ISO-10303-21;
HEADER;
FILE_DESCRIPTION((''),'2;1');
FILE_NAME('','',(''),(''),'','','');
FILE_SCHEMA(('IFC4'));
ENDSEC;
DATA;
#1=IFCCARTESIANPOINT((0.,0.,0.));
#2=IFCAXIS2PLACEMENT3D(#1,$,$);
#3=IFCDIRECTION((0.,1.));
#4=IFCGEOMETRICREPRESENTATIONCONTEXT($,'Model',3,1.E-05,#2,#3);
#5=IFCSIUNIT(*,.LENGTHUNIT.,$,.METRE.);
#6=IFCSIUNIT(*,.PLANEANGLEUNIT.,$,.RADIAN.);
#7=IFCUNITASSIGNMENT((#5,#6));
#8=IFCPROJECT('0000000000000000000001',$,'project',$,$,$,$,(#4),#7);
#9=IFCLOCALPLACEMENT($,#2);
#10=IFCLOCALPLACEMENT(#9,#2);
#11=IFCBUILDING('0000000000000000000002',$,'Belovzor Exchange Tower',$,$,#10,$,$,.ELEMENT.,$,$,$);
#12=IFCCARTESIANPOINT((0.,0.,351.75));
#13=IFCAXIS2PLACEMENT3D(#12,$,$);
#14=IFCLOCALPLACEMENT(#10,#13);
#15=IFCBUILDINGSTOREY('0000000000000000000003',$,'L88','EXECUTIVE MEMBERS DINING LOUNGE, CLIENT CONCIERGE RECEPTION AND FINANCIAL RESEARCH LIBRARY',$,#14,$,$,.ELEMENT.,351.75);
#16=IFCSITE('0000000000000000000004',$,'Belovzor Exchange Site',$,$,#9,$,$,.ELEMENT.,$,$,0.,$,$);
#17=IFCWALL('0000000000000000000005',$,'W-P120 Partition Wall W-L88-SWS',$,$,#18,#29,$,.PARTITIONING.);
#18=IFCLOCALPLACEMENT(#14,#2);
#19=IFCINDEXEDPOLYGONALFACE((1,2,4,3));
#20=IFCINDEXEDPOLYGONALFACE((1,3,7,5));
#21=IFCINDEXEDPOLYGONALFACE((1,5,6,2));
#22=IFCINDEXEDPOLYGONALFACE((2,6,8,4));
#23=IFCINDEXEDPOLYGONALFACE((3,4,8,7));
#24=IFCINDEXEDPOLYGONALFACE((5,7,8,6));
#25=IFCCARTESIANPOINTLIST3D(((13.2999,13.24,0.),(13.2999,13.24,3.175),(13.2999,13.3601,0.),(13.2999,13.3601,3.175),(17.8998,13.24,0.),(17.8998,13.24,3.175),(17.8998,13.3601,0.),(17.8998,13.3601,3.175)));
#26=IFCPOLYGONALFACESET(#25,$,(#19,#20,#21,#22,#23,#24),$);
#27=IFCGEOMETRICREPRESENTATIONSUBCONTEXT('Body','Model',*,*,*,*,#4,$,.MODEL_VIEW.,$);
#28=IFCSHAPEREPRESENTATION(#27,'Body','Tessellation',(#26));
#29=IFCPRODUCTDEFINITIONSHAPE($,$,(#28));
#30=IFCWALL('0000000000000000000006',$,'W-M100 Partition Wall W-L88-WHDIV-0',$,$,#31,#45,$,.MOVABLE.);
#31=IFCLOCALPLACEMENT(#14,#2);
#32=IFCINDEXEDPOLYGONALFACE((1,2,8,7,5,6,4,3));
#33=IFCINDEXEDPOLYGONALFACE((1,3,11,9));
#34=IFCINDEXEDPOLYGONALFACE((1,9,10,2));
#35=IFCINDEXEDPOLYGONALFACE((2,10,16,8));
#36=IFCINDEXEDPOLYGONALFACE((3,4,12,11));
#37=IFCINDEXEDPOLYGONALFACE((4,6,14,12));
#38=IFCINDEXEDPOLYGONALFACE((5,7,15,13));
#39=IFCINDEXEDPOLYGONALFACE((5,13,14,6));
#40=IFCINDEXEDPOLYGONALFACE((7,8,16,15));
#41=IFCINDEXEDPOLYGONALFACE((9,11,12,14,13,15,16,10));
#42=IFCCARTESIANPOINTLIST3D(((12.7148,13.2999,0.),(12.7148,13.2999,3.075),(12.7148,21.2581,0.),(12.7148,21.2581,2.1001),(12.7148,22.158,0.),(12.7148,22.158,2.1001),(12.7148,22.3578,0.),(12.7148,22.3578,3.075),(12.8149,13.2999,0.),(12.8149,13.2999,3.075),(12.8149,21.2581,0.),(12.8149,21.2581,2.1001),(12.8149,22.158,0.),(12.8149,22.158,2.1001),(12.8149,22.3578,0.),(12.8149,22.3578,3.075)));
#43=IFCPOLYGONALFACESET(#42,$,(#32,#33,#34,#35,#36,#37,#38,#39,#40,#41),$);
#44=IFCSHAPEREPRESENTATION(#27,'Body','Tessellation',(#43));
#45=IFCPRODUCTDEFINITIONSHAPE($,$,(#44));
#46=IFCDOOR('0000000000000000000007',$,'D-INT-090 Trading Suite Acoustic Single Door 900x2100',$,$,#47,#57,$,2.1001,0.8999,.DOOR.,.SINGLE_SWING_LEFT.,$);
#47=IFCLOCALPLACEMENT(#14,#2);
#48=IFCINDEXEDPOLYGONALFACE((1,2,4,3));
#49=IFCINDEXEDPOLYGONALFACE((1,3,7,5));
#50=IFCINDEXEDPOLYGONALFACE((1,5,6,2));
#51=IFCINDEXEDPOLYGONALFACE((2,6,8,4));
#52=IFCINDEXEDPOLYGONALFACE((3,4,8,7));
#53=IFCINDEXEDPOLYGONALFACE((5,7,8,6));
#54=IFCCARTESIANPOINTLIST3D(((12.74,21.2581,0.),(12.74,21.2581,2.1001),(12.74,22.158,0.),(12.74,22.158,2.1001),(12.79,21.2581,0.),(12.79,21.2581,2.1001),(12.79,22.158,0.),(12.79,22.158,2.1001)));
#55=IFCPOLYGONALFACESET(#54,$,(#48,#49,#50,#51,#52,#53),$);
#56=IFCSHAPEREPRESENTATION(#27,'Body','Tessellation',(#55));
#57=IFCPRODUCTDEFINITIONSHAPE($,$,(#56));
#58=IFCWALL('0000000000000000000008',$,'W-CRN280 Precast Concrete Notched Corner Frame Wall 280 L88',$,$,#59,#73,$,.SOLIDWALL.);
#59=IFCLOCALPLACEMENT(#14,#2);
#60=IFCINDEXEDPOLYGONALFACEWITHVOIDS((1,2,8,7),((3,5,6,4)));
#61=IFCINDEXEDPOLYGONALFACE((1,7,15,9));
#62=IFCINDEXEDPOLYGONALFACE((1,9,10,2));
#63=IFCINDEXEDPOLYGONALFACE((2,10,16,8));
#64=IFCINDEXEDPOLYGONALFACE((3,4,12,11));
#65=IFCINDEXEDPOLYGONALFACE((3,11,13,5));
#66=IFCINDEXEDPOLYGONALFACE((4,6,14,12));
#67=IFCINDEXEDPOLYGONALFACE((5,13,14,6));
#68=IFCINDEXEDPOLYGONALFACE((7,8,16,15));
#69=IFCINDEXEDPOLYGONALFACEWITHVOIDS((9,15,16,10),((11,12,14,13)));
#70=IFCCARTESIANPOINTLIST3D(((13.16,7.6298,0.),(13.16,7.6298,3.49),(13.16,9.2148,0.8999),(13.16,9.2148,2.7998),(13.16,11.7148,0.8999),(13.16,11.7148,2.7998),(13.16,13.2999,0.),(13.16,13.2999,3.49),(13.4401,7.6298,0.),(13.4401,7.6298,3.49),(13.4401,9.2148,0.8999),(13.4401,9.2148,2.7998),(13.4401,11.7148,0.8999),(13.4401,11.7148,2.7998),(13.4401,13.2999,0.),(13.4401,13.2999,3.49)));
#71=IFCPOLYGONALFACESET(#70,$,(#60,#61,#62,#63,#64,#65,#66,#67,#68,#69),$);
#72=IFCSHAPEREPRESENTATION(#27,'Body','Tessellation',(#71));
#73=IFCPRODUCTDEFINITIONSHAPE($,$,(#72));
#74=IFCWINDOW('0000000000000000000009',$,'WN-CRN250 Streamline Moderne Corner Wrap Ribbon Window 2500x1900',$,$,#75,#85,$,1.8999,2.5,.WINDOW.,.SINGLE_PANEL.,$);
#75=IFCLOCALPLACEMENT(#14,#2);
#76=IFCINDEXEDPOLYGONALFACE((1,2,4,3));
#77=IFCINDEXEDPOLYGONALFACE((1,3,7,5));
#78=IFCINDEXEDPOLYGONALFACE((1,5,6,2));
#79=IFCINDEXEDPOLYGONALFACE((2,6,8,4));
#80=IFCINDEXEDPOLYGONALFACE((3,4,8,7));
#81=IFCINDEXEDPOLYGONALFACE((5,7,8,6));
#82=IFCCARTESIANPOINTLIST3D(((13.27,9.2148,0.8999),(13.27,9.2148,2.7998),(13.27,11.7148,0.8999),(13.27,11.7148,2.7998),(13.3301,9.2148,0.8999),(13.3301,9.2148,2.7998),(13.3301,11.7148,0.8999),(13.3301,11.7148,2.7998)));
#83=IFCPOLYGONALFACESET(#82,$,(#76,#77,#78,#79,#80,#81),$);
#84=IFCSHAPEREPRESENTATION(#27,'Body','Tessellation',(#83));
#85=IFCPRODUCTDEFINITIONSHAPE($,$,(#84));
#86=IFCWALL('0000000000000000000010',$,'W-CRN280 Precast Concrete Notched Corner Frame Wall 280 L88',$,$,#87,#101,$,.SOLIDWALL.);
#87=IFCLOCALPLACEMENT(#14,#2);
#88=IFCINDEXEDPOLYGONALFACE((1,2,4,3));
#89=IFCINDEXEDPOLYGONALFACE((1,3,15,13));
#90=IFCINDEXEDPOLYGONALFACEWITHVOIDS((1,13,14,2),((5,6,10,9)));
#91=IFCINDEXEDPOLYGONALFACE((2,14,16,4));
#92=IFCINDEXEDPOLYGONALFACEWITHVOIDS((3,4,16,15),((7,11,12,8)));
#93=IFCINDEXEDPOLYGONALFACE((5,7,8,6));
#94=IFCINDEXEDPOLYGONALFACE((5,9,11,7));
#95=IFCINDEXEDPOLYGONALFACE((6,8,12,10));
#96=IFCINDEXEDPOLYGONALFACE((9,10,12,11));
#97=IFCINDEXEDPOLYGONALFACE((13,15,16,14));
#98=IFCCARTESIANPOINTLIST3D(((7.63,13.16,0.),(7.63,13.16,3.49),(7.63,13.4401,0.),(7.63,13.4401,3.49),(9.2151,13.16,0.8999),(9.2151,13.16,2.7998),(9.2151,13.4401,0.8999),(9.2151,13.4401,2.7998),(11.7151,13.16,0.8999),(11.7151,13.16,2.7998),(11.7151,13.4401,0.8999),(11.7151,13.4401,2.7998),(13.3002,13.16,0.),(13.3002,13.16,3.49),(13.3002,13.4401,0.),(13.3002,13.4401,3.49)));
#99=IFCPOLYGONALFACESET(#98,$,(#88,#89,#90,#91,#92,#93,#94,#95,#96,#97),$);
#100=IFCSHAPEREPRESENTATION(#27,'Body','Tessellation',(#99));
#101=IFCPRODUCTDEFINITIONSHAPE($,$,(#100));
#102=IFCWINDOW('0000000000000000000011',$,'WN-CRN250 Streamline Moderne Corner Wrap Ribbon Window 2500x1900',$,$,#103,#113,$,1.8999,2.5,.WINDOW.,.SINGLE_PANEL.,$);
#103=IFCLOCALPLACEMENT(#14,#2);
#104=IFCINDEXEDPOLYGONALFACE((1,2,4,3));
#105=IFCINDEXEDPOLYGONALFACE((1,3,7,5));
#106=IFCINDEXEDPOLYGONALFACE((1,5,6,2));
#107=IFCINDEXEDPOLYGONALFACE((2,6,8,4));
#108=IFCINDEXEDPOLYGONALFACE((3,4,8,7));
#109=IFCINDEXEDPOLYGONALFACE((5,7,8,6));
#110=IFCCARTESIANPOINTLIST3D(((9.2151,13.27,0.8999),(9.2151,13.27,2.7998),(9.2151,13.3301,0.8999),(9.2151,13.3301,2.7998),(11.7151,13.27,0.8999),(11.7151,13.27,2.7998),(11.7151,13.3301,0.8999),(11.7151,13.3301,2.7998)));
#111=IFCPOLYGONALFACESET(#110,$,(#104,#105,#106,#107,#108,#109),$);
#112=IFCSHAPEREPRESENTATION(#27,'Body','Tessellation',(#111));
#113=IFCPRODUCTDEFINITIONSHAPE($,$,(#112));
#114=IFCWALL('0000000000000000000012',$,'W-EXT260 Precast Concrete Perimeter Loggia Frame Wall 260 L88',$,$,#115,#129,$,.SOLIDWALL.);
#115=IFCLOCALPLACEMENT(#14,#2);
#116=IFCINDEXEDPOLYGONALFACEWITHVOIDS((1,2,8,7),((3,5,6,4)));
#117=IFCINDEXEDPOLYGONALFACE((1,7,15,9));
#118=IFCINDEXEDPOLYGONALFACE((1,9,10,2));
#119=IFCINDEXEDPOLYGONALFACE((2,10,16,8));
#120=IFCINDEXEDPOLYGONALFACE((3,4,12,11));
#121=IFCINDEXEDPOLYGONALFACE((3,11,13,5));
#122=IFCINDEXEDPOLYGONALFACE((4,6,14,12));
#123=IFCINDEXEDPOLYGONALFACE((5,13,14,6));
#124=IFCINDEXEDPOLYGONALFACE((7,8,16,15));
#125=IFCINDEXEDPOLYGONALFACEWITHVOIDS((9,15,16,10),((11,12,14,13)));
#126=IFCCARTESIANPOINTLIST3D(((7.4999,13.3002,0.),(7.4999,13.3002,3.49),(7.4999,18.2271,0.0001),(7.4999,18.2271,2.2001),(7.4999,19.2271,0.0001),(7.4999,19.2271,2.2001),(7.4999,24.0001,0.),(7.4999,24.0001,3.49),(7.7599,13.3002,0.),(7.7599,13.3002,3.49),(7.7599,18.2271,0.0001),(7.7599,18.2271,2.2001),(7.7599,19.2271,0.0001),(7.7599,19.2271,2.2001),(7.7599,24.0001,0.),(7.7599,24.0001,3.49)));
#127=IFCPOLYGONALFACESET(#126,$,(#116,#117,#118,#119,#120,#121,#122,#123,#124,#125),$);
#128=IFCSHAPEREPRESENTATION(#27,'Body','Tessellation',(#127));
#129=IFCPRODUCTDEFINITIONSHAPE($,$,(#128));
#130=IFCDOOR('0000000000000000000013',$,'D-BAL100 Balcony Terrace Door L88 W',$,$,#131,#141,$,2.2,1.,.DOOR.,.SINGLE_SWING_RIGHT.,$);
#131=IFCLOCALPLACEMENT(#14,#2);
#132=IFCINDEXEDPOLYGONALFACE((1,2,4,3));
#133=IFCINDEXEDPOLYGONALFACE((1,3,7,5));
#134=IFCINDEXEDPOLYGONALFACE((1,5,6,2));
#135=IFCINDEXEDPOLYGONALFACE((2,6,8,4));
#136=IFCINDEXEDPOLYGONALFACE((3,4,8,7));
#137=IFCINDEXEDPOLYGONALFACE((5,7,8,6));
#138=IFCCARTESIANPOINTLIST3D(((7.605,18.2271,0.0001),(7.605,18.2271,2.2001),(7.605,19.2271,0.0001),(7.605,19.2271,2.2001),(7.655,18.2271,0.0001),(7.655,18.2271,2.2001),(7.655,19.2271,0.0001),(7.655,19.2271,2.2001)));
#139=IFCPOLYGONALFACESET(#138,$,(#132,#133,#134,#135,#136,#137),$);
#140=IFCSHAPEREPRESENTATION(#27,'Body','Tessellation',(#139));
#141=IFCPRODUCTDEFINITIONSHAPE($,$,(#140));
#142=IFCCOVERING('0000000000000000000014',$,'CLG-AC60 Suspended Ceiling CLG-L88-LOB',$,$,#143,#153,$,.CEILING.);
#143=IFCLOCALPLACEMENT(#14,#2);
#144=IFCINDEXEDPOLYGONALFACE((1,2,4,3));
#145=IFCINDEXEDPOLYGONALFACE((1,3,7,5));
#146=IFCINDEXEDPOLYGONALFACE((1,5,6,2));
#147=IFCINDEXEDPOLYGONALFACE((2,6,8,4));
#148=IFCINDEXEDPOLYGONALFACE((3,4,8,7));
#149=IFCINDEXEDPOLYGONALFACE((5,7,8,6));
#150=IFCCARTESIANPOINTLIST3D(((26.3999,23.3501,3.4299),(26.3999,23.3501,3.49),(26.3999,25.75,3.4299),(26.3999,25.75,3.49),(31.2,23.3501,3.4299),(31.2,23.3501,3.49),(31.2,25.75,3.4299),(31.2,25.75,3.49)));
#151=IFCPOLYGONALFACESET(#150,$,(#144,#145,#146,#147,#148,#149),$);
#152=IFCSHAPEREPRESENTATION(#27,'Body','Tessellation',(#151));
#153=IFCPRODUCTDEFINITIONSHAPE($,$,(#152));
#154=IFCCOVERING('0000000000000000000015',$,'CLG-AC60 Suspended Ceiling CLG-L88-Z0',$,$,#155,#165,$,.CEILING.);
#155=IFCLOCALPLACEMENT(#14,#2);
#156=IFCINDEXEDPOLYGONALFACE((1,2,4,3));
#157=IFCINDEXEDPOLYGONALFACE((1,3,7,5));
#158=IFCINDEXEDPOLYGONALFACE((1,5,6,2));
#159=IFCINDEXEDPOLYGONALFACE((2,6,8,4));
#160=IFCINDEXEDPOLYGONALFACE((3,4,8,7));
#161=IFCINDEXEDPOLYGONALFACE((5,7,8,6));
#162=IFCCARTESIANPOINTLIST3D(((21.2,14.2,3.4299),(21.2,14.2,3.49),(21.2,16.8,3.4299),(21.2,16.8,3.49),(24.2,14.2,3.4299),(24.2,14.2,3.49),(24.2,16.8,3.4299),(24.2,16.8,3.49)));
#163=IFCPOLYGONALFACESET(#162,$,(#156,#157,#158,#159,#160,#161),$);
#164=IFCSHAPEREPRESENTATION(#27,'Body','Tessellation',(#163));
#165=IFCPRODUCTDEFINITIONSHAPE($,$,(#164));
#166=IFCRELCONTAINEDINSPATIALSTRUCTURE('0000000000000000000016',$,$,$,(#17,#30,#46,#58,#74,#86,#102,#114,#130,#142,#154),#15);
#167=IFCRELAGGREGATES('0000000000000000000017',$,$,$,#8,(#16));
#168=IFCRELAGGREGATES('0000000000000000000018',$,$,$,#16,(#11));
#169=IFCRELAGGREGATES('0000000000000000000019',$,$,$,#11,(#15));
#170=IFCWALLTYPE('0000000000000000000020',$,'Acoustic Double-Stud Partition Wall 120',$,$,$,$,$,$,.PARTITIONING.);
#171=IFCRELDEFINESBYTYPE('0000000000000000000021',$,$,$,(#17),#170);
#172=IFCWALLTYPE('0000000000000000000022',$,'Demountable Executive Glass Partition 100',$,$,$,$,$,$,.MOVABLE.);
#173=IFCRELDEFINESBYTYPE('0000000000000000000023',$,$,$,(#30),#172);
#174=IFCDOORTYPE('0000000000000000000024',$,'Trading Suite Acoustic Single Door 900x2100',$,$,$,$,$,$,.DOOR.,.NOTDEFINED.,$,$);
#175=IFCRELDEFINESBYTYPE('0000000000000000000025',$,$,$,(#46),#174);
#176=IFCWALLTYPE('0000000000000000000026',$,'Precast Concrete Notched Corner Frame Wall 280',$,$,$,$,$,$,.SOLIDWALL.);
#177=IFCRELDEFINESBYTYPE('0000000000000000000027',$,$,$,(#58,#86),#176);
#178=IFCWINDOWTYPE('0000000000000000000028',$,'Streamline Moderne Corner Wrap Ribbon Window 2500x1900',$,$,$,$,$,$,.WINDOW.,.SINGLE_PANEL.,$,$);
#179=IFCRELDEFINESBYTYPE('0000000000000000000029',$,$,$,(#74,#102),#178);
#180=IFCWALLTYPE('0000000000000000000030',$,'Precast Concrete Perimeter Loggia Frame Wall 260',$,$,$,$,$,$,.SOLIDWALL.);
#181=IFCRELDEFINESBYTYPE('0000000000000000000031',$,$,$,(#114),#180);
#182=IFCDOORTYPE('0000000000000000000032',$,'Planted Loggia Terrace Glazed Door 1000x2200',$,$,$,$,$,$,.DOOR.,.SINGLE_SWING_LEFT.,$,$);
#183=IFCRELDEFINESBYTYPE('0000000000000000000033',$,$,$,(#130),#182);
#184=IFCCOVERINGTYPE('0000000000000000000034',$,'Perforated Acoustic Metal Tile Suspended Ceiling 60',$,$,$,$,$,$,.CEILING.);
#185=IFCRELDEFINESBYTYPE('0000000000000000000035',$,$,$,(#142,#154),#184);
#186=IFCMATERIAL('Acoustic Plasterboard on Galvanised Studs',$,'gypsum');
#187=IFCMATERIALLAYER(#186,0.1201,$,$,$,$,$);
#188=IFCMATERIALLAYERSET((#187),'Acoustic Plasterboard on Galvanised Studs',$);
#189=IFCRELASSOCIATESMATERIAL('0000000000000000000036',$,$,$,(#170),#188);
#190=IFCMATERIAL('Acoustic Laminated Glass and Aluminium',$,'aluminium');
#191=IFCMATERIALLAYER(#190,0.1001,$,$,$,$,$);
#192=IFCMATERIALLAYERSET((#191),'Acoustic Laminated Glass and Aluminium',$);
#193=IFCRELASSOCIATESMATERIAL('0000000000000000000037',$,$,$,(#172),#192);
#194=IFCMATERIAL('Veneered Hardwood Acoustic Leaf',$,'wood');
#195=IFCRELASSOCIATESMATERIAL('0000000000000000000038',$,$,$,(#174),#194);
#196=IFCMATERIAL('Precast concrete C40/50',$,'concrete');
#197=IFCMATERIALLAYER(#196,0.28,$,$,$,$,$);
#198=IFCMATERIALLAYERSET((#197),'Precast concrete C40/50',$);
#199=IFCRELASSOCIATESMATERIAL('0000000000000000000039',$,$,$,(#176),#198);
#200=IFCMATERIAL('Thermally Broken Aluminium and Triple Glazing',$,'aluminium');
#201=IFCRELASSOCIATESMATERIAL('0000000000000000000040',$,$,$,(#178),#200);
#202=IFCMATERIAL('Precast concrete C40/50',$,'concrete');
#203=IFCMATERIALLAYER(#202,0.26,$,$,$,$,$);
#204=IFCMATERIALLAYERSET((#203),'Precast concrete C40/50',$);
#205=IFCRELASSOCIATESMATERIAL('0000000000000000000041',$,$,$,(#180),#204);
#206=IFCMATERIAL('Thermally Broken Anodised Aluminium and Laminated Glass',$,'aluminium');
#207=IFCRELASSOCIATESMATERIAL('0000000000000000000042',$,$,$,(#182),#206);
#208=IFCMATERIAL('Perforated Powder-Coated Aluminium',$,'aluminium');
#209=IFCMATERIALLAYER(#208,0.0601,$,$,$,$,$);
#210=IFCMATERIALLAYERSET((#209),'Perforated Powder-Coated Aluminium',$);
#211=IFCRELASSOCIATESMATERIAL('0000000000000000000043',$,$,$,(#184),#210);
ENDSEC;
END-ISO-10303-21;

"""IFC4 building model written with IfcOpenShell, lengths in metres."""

from ifc_helpers import new_model, si_unit, direction, frame, frame_2d, origin, place, context, subcontext, project, spatial, polyline, rectangle, outline, extrude, material, layer, layer_set, type_object, element, fill, save


model = new_model("IFC4")

# Units and contexts
model_context = context("Model", 3, precision=1e-05, world=origin(), true_north=direction((0.0, 1.0)))
body_context = subcontext(model_context, "Body", "Model", "MODEL_VIEW")
ifc_project = project(units=[si_unit("LENGTHUNIT", "METRE"), si_unit("PLANEANGLEUNIT", "RADIAN")], contexts=[model_context])

# Site, building, storey
site_placement = place(None, origin())
site = spatial("IfcSite", under=ifc_project, at=site_placement, Name="Belovzor Exchange Site", CompositionType="ELEMENT", RefElevation=0.0)
building_placement = place(site_placement, origin())
building = spatial("IfcBuilding", under=site, at=building_placement, Name="Belovzor Exchange Tower", CompositionType="ELEMENT")
storey_placement = place(building_placement, frame((0.0, 0.0, 351.75)))
storey = spatial("IfcBuildingStorey", under=building, at=storey_placement, Name="L88", Description="EXECUTIVE MEMBERS DINING LOUNGE, CLIENT CONCIERGE RECEPTION AND FINANCIAL RESEARCH LIBRARY", CompositionType="ELEMENT", Elevation=351.75)

# Wall
ifc_material_1 = material(Name="Acoustic Plasterboard on Galvanised Studs", Category="gypsum")
ifc_layer_1 = layer(ifc_material_1, 0.1201)
ifc_layer_set_1 = layer_set([ifc_layer_1], Name="Acoustic Plasterboard on Galvanised Studs")
wall_type_1 = type_object("IfcWallType", Name="Acoustic Double-Stud Partition Wall 120", PredefinedType="PARTITIONING", material=ifc_layer_set_1)
wall_1_placement = place(storey_placement, frame((13.3, 13.3, 0.0), z_axis=(0.0, 0.0, 1.0), x_axis=(1.0, 0.0, 0.0)))
element("IfcWall", 1, at=wall_1_placement, inside=storey, type_object=wall_type_1, Name="W-P120 Partition Wall W-L88-SWS", PredefinedType="PARTITIONING", context=body_context, shape_type="SweptSolid", body=[
    extrude(rectangle(XDim=4.5999, YDim=0.1201, at=frame_2d((2.2998, 0.0))), origin(), (0.0, 0.0, 1.0), 3.175),
])

# Wall, opening, door
ifc_material_2 = material(Name="Acoustic Laminated Glass and Aluminium", Category="aluminium")
ifc_layer_2 = layer(ifc_material_2, 0.1001)
ifc_layer_set_2 = layer_set([ifc_layer_2], Name="Acoustic Laminated Glass and Aluminium")
wall_type_2 = type_object("IfcWallType", Name="Demountable Executive Glass Partition 100", PredefinedType="MOVABLE", material=ifc_layer_set_2)
wall_2_placement = place(storey_placement, frame((12.7649, 13.3, 0.0), z_axis=(0.0, 0.0, 1.0), x_axis=(0.0, 1.0, 0.0)))
wall_2 = element("IfcWall", 2, at=wall_2_placement, inside=storey, type_object=wall_type_2, Name="W-M100 Partition Wall W-L88-WHDIV-0", PredefinedType="MOVABLE", context=body_context, shape_type="SweptSolid", body=[
    extrude(rectangle(XDim=9.0579, YDim=0.1001, at=frame_2d((4.5288, 0.0))), origin(), (0.0, 0.0, 1.0), 3.075),
])
opening_1_placement = place(wall_2_placement, frame((7.958, 0.0, 0.0)))
opening_1 = element("IfcOpeningElement", 3, at=opening_1_placement, cuts=wall_2, PredefinedType="OPENING", context=body_context, shape_type="SweptSolid", body=[
    extrude(rectangle(XDim=0.8999, YDim=2.1001, at=frame_2d((0.45, 1.05))), frame((0.0, 0.0601, 0.0), z_axis=(0.0, -1.0, 0.0), x_axis=(1.0, 0.0, 0.0)), (0.0, 0.0, 1.0), 0.1201),
])
ifc_material_3 = material(Name="Veneered Hardwood Acoustic Leaf", Category="wood")
door_type_1 = type_object("IfcDoorType", Name="Trading Suite Acoustic Single Door 900x2100", OperationType="NOTDEFINED", PredefinedType="DOOR", material=ifc_material_3)
door_1_placement = place(opening_1_placement, origin())
door_1 = element("IfcDoor", 4, at=door_1_placement, inside=storey, type_object=door_type_1, Name="D-INT-090 Trading Suite Acoustic Single Door 900x2100", OperationType="SINGLE_SWING_LEFT", OverallHeight=2.1001, OverallWidth=0.8999, PredefinedType="DOOR", context=body_context, shape_type="SweptSolid", body=[
    extrude(rectangle(XDim=0.8999, YDim=2.1001, at=frame_2d((0.45, 1.05))), frame((0.0, 0.0249, 0.0), z_axis=(0.0, -1.0, 0.0), x_axis=(1.0, 0.0, 0.0)), (0.0, 0.0, 1.0), 0.05),
])
fill(opening_1, door_1)

# Walls, openings, windows
ifc_material_4 = material(Name="Precast concrete C40/50", Category="concrete")
ifc_layer_3 = layer(ifc_material_4, 0.28)
ifc_layer_set_3 = layer_set([ifc_layer_3], Name="Precast concrete C40/50")
wall_type_3 = type_object("IfcWallType", Name="Precast Concrete Notched Corner Frame Wall 280", PredefinedType="SOLIDWALL", material=ifc_layer_set_3)
wall_3_placement = place(storey_placement, frame((13.3, 7.6299, 0.0), z_axis=(0.0, 0.0, 1.0), x_axis=(0.0, 1.0, 0.0)))
wall_3 = element("IfcWall", 5, at=wall_3_placement, inside=storey, type_object=wall_type_3, Name="W-CRN280 Precast Concrete Notched Corner Frame Wall 280 L88", PredefinedType="SOLIDWALL", context=body_context, shape_type="SweptSolid", body=[
    extrude(rectangle(XDim=5.6702, YDim=0.28, at=frame_2d((2.835, 0.0))), origin(), (0.0, 0.0, 1.0), 3.49),
])
opening_2_placement = place(wall_3_placement, frame((1.585, 0.0, 0.8999)))
opening_2 = element("IfcOpeningElement", 6, at=opening_2_placement, cuts=wall_3, PredefinedType="OPENING", context=body_context, shape_type="SweptSolid", body=[
    extrude(rectangle(XDim=2.5, YDim=1.8999, at=frame_2d((1.25, 0.95))), frame((0.0, 0.1499, 0.0), z_axis=(0.0, -1.0, 0.0), x_axis=(1.0, 0.0, 0.0)), (0.0, 0.0, 1.0), 0.3),
])
ifc_material_5 = material(Name="Thermally Broken Aluminium and Triple Glazing", Category="aluminium")
window_type = type_object("IfcWindowType", Name="Streamline Moderne Corner Wrap Ribbon Window 2500x1900", PartitioningType="SINGLE_PANEL", PredefinedType="WINDOW", material=ifc_material_5)
window_1_placement = place(opening_2_placement, origin())
window_1 = element("IfcWindow", 7, at=window_1_placement, inside=storey, type_object=window_type, Name="WN-CRN250 Streamline Moderne Corner Wrap Ribbon Window 2500x1900", OverallHeight=1.8999, OverallWidth=2.5, PartitioningType="SINGLE_PANEL", PredefinedType="WINDOW", context=body_context, shape_type="SweptSolid", body=[
    extrude(rectangle(XDim=2.5, YDim=1.8999, at=frame_2d((1.25, 0.95))), frame((0.0, 0.03, 0.0), z_axis=(0.0, -1.0, 0.0), x_axis=(1.0, 0.0, 0.0)), (0.0, 0.0, 1.0), 0.0601),
])
fill(opening_2, window_1)
wall_4_placement = place(storey_placement, frame((13.3, 13.3, 0.0), z_axis=(0.0, 0.0, 1.0), x_axis=(-1.0, 0.0, 0.0)))
wall_4 = element("IfcWall", 8, at=wall_4_placement, inside=storey, type_object=wall_type_3, Name="W-CRN280 Precast Concrete Notched Corner Frame Wall 280 L88", PredefinedType="SOLIDWALL", context=body_context, shape_type="SweptSolid", body=[
    extrude(rectangle(XDim=5.6702, YDim=0.28, at=frame_2d((2.835, 0.0))), origin(), (0.0, 0.0, 1.0), 3.49),
])
opening_3_placement = place(wall_4_placement, frame((1.585, 0.0, 0.8999)))
opening_3 = element("IfcOpeningElement", 9, at=opening_3_placement, cuts=wall_4, PredefinedType="OPENING", context=body_context, shape_type="SweptSolid", body=[
    extrude(rectangle(XDim=2.5, YDim=1.8999, at=frame_2d((1.25, 0.95))), frame((0.0, 0.1499, 0.0), z_axis=(0.0, -1.0, 0.0), x_axis=(1.0, 0.0, 0.0)), (0.0, 0.0, 1.0), 0.3),
])
window_2_placement = place(opening_3_placement, origin())
window_2 = element("IfcWindow", 10, at=window_2_placement, inside=storey, type_object=window_type, Name="WN-CRN250 Streamline Moderne Corner Wrap Ribbon Window 2500x1900", OverallHeight=1.8999, OverallWidth=2.5, PartitioningType="SINGLE_PANEL", PredefinedType="WINDOW", context=body_context, shape_type="SweptSolid", body=[
    extrude(rectangle(XDim=2.5, YDim=1.8999, at=frame_2d((1.25, 0.95))), frame((0.0, 0.03, 0.0), z_axis=(0.0, -1.0, 0.0), x_axis=(1.0, 0.0, 0.0)), (0.0, 0.0, 1.0), 0.0601),
])
fill(opening_3, window_2)

# Wall, opening, door
ifc_material_6 = material(Name="Precast concrete C40/50", Category="concrete")
ifc_layer_4 = layer(ifc_material_6, 0.26)
ifc_layer_set_4 = layer_set([ifc_layer_4], Name="Precast concrete C40/50")
wall_type_4 = type_object("IfcWallType", Name="Precast Concrete Perimeter Loggia Frame Wall 260", PredefinedType="SOLIDWALL", material=ifc_layer_set_4)
wall_5_placement = place(storey_placement, frame((7.6299, 13.3, 0.0), z_axis=(0.0, 0.0, 1.0), x_axis=(0.0, 1.0, 0.0)))
wall_5 = element("IfcWall", 11, at=wall_5_placement, inside=storey, type_object=wall_type_4, Name="W-EXT260 Precast Concrete Perimeter Loggia Frame Wall 260 L88", PredefinedType="SOLIDWALL", context=body_context, shape_type="SweptSolid", body=[
    extrude(rectangle(XDim=10.7, YDim=0.26, at=frame_2d((5.3501, 0.0))), origin(), (0.0, 0.0, 1.0), 3.49),
])
opening_4_placement = place(wall_5_placement, frame((4.927, 0.0, 0.0)))
opening_4 = element("IfcOpeningElement", 12, at=opening_4_placement, cuts=wall_5, PredefinedType="OPENING", context=body_context, shape_type="SweptSolid", body=[
    extrude(rectangle(XDim=1.0, YDim=2.2, at=frame_2d((0.5, 1.1001))), frame((0.0, 0.1399, 0.0), z_axis=(0.0, -1.0, 0.0), x_axis=(1.0, 0.0, 0.0)), (0.0, 0.0, 1.0), 0.28),
])
ifc_material_7 = material(Name="Thermally Broken Anodised Aluminium and Laminated Glass", Category="aluminium")
door_type_2 = type_object("IfcDoorType", Name="Planted Loggia Terrace Glazed Door 1000x2200", OperationType="SINGLE_SWING_LEFT", PredefinedType="DOOR", material=ifc_material_7)
door_2_placement = place(opening_4_placement, origin())
door_2 = element("IfcDoor", 13, at=door_2_placement, inside=storey, type_object=door_type_2, Name="D-BAL100 Balcony Terrace Door L88 W", OperationType="SINGLE_SWING_RIGHT", OverallHeight=2.2, OverallWidth=1.0, PredefinedType="DOOR", context=body_context, shape_type="SweptSolid", body=[
    extrude(rectangle(XDim=1.0, YDim=2.2, at=frame_2d((0.5, 1.1001))), frame((0.0, 0.0249, 0.0), z_axis=(0.0, -1.0, 0.0), x_axis=(1.0, 0.0, 0.0)), (0.0, 0.0, 1.0), 0.05),
])
fill(opening_4, door_2)

# Coverings
ifc_material_8 = material(Name="Perforated Powder-Coated Aluminium", Category="aluminium")
ifc_layer_5 = layer(ifc_material_8, 0.0601)
ifc_layer_set_5 = layer_set([ifc_layer_5], Name="Perforated Powder-Coated Aluminium")
covering_type_1 = type_object("IfcCoveringType", Name="Perforated Acoustic Metal Tile Suspended Ceiling 60", PredefinedType="CEILING", material=ifc_layer_set_5)
covering_1_placement = place(storey_placement, frame((0.0, 0.0, 3.4299)))
element("IfcCovering", 14, at=covering_1_placement, inside=storey, type_object=covering_type_1, Name="CLG-AC60 Suspended Ceiling CLG-L88-LOB", PredefinedType="CEILING", context=body_context, shape_type="SweptSolid", body=[
    extrude(outline(polyline([(26.3999, 23.3501), (31.2, 23.3501), (31.2, 25.75), (26.3999, 25.75), (26.3999, 23.3501)])), origin(), (0.0, 0.0, 1.0), 0.0601),
])
covering_2_placement = place(storey_placement, frame((0.0, 0.0, 3.4299)))
element("IfcCovering", 15, at=covering_2_placement, inside=storey, type_object=covering_type_1, Name="CLG-AC60 Suspended Ceiling CLG-L88-Z0", PredefinedType="CEILING", context=body_context, shape_type="SweptSolid", body=[
    extrude(outline(polyline([(21.2, 14.2), (24.2, 14.2), (24.2, 16.8), (21.2, 16.8), (21.2, 14.2)])), origin(), (0.0, 0.0, 1.0), 0.0601),
])

save(model, "model.ifc")
